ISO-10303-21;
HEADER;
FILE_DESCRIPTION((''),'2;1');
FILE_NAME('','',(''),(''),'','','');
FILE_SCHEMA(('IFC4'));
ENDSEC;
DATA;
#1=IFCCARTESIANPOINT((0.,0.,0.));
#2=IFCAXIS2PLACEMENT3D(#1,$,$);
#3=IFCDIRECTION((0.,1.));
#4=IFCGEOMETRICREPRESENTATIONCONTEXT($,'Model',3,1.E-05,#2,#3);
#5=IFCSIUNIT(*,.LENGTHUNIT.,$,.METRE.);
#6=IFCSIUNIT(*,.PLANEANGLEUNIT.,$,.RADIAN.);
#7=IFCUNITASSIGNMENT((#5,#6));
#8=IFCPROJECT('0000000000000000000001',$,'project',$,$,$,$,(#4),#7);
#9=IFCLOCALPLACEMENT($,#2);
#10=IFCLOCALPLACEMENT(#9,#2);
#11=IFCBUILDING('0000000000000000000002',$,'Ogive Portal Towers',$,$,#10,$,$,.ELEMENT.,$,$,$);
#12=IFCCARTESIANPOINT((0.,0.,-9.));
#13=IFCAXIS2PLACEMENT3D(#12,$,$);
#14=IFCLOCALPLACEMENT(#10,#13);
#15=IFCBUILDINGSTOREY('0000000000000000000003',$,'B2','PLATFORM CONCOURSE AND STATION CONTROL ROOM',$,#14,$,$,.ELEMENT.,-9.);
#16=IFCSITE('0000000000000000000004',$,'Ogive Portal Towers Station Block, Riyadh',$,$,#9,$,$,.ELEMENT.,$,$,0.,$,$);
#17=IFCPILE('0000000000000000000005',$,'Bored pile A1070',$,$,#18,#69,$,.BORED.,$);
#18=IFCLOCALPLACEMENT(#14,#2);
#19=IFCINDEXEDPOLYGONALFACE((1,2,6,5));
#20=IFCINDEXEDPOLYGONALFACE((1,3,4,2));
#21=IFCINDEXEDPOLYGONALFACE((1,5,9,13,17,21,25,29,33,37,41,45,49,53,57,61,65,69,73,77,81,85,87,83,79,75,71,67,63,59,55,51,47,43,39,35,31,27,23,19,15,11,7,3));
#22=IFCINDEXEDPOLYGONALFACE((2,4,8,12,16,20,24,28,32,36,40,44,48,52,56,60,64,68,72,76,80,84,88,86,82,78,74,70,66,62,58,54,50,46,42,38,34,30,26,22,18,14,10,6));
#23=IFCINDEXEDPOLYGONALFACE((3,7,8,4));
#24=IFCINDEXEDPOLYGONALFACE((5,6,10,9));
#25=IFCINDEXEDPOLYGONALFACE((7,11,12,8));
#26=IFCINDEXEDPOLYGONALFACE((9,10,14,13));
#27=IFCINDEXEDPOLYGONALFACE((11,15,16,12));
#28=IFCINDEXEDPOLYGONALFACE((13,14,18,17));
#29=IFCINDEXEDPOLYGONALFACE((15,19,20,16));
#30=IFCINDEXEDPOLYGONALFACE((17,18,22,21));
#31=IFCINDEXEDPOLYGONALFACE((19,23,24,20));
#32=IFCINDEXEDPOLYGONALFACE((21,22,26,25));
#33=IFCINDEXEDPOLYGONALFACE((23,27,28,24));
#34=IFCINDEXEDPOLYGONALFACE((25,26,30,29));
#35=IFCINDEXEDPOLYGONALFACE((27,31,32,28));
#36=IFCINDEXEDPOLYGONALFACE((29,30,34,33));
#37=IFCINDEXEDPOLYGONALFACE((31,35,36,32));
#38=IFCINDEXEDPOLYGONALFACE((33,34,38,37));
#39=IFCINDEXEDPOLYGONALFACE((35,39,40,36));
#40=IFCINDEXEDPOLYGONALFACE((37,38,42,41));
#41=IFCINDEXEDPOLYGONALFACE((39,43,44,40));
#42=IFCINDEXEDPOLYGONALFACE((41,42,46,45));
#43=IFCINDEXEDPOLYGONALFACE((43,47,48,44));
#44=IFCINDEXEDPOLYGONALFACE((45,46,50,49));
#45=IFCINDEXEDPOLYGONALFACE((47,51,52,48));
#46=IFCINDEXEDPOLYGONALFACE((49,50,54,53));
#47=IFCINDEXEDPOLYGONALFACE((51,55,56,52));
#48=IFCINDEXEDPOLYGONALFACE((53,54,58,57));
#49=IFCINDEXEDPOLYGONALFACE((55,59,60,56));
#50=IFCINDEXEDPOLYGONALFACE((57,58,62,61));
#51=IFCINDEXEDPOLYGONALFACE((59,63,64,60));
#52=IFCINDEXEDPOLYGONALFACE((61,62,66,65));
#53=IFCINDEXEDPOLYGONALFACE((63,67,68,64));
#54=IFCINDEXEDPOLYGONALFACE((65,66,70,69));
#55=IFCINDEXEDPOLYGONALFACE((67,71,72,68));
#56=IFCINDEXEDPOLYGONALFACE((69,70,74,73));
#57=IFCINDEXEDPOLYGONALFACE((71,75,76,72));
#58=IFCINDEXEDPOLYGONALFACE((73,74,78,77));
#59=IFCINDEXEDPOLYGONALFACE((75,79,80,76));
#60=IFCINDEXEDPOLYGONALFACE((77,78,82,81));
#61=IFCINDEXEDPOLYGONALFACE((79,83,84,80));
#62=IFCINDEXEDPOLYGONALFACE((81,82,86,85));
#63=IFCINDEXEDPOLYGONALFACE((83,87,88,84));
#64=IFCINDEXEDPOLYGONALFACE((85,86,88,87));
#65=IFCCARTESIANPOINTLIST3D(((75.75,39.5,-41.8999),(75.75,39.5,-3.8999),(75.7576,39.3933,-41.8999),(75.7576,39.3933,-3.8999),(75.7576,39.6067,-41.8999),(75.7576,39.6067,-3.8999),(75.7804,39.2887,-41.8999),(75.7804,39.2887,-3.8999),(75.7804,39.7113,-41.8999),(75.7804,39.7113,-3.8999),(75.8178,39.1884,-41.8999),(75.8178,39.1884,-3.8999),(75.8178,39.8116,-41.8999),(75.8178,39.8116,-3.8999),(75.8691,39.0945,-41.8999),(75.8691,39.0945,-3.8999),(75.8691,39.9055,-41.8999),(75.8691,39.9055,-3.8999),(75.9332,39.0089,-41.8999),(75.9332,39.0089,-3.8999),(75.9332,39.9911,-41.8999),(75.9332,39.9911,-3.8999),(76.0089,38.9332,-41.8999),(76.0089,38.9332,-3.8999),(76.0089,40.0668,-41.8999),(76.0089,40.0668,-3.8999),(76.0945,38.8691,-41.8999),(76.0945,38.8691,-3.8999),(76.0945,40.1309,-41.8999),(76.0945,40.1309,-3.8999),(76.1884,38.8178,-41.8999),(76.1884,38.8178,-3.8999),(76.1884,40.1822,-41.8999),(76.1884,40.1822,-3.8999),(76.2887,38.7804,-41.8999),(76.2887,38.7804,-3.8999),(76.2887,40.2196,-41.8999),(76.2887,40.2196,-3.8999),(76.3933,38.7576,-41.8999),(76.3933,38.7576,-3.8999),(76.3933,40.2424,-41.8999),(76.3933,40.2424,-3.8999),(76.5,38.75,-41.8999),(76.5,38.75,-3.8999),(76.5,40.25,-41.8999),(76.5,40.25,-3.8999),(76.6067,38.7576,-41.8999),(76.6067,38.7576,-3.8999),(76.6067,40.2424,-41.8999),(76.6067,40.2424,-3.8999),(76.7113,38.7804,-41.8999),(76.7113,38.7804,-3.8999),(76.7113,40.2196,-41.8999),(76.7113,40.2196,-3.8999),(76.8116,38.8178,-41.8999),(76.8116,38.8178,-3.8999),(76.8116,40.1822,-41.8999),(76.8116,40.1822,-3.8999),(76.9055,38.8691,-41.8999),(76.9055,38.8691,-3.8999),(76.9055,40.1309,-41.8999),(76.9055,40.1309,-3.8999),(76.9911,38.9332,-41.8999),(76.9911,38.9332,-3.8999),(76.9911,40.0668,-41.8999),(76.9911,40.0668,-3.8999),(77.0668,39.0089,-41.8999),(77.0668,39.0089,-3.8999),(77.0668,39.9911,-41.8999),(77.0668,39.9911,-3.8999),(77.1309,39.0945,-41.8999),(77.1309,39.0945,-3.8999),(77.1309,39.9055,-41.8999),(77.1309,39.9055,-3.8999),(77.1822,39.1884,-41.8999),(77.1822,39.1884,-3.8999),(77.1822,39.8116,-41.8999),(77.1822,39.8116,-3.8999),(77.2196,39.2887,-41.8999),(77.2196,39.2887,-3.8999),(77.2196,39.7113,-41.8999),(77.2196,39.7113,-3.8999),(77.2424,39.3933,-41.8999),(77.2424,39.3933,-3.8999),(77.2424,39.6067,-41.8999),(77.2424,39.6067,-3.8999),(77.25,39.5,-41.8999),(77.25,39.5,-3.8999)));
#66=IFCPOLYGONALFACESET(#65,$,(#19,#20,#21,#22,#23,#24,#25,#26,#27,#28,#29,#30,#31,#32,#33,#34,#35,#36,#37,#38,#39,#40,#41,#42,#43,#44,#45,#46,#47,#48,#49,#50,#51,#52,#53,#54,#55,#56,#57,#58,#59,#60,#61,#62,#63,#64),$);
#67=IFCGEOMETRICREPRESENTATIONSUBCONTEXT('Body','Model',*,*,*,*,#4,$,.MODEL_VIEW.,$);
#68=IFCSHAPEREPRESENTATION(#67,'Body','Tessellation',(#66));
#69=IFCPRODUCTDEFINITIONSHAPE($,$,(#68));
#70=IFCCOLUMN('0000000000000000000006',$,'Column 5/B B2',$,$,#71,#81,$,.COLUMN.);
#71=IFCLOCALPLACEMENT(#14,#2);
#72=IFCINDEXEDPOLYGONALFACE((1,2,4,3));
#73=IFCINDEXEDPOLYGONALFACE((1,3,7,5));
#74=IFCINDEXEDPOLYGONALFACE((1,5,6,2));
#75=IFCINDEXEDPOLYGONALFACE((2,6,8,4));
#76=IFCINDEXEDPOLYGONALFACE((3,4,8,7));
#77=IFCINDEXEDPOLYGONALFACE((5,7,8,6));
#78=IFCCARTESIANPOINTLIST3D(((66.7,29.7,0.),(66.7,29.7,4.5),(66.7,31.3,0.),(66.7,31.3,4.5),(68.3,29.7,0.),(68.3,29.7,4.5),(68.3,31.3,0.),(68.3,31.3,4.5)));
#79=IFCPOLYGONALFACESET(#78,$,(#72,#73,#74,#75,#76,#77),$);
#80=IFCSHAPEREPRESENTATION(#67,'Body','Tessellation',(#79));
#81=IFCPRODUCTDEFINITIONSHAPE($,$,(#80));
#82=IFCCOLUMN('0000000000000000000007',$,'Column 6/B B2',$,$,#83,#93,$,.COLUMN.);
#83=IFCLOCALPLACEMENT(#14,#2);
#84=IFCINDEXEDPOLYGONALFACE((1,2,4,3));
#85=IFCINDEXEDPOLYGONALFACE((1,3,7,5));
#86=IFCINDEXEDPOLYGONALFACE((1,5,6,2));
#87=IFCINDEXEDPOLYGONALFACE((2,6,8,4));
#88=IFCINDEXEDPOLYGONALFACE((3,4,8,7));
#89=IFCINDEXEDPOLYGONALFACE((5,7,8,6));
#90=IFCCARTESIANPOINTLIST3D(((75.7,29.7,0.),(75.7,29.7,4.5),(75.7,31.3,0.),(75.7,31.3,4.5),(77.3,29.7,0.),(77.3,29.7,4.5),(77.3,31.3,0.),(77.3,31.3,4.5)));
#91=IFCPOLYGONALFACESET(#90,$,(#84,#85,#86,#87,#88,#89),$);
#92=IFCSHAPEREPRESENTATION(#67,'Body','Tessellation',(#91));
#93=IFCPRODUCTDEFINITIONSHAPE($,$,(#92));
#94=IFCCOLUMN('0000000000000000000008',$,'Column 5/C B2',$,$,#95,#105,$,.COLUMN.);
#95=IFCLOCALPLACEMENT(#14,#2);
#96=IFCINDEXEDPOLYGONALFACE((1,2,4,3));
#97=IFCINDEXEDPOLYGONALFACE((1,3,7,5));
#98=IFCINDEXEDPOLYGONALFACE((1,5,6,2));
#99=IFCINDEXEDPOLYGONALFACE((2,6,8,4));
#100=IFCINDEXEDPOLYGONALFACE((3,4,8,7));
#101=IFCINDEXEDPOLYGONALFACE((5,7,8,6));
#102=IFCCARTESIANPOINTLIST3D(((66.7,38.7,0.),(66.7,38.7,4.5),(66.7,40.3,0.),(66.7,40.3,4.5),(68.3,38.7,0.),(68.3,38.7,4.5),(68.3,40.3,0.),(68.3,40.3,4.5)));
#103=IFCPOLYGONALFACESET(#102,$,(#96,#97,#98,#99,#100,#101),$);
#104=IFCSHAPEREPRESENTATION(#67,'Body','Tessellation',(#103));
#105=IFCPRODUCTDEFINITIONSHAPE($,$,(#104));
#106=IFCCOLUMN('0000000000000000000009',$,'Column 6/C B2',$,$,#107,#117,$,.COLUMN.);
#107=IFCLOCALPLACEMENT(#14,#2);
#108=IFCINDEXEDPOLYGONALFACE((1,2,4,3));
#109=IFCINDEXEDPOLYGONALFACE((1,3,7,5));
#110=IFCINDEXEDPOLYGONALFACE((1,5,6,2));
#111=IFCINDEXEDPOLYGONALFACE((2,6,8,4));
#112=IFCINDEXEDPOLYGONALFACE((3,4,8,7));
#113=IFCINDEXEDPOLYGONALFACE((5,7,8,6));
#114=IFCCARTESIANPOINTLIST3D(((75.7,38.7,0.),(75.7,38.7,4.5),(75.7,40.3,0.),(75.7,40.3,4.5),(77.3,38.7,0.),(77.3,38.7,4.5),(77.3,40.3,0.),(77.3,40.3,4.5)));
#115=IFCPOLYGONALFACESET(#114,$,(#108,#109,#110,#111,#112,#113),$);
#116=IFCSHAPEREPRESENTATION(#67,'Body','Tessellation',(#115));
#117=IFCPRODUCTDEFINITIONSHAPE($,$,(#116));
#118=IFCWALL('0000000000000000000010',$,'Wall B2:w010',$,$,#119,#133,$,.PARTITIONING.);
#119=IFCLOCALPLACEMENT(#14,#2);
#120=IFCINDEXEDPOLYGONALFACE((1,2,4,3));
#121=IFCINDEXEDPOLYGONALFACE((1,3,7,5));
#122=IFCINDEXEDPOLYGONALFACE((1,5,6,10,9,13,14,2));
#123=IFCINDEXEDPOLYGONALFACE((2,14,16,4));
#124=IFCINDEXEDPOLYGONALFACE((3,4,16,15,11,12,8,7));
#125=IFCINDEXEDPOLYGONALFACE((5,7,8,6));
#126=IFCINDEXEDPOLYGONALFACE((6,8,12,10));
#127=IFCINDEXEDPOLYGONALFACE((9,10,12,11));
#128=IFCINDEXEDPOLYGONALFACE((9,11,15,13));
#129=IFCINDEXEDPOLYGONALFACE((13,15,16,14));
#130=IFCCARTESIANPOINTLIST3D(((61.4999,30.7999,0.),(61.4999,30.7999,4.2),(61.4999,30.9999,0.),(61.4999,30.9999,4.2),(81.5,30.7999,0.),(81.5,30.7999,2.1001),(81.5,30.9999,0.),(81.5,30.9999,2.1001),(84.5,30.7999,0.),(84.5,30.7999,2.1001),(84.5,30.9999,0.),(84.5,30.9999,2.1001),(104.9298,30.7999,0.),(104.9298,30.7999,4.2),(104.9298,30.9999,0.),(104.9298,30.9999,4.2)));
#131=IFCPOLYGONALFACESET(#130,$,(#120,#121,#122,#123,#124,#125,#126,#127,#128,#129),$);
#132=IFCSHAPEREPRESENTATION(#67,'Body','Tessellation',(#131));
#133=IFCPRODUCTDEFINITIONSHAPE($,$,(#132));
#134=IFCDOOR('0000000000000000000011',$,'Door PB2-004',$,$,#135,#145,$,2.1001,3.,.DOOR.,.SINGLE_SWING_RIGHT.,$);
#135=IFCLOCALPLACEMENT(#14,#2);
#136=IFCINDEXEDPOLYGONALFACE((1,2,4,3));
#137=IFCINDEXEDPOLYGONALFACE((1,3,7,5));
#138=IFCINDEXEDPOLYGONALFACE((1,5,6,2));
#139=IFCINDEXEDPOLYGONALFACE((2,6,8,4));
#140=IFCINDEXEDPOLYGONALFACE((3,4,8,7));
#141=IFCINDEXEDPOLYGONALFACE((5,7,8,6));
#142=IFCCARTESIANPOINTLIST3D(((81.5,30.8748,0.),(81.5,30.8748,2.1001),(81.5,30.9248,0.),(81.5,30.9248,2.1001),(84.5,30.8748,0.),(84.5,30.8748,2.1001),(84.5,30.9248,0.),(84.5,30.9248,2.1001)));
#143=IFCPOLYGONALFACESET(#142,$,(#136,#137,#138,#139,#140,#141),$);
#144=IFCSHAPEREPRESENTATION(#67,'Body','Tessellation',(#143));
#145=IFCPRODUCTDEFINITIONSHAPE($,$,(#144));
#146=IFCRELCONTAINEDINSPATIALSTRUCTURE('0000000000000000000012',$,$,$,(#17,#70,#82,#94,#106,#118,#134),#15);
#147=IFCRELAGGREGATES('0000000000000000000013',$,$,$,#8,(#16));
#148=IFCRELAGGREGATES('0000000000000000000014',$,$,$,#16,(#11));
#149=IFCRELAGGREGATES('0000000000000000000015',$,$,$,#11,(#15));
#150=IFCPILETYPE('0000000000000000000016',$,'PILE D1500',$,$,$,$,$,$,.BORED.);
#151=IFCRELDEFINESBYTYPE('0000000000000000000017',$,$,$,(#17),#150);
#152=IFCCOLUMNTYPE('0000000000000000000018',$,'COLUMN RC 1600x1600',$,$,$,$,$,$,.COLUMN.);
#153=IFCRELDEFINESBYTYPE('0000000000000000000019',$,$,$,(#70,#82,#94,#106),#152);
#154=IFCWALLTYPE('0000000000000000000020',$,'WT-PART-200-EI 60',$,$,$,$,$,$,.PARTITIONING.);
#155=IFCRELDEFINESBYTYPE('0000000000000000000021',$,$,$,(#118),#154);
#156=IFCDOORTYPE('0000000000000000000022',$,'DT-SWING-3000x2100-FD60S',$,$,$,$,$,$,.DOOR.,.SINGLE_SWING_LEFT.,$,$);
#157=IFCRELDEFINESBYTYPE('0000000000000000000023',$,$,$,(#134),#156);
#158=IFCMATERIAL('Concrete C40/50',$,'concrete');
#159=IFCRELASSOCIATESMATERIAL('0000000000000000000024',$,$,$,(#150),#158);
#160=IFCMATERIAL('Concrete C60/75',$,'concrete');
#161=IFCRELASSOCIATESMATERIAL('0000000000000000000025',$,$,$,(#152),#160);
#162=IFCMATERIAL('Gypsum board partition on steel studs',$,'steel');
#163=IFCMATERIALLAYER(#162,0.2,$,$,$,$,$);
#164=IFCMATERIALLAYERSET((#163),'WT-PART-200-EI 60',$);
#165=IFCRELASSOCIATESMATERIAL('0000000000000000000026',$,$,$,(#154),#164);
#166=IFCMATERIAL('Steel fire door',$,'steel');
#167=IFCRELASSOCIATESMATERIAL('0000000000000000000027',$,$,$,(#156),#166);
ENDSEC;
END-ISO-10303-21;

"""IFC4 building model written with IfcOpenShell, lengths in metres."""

from ifc_helpers import new_model, si_unit, direction, frame, frame_2d, origin, origin_2d, place, context, subcontext, project, spatial, rectangle, circle, extrude, material, layer, layer_set, material_profile, profile_set, type_object, element, fill, save


model = new_model("IFC4")

# Units and contexts
model_context = context("Model", 3, precision=1e-05, world=origin(), true_north=direction((0.0, 1.0)))
body_context = subcontext(model_context, "Body", "Model", "MODEL_VIEW")
ifc_project = project(units=[si_unit("LENGTHUNIT", "METRE"), si_unit("PLANEANGLEUNIT", "RADIAN")], contexts=[model_context])

# Site, building, storey
site_placement = place(None, origin())
site = spatial("IfcSite", under=ifc_project, at=site_placement, Name="Ogive Portal Towers Station Block, Riyadh", CompositionType="ELEMENT", RefElevation=0.0)
building_placement = place(site_placement, origin())
building = spatial("IfcBuilding", under=site, at=building_placement, Name="Ogive Portal Towers", CompositionType="ELEMENT")
storey_placement = place(building_placement, frame((0.0, 0.0, -9.0)))
storey = spatial("IfcBuildingStorey", under=building, at=storey_placement, Name="B2", Description="PLATFORM CONCOURSE AND STATION CONTROL ROOM", CompositionType="ELEMENT", Elevation=-9.0)

# Pile
ifc_material_1 = material(Name="Concrete C40/50", Category="concrete")
ifc_material_profile_1 = material_profile(ifc_material_1, circle(Radius=0.75, at=origin_2d()), Name="PILE D1500")
ifc_profile_set_1 = profile_set([ifc_material_profile_1], Name="Concrete C40/50")
pile_type = type_object("IfcPileType", Name="PILE D1500", PredefinedType="BORED", material=ifc_profile_set_1)
for number, where, z_axis, x_axis, name in (
    (1, (76.5, 39.5, -3.8999), (0.0, 0.0, -1.0), (1.0, 0.0, 0.0), "Bored pile A1070"),
):
    element("IfcPile", number, at=place(storey_placement, frame(where, z_axis=z_axis, x_axis=x_axis)), inside=storey, type_object=pile_type, Name=name, PredefinedType="BORED", context=body_context, shape_type="SweptSolid", body=[
        extrude(circle(Radius=0.75, at=origin_2d()), origin(), (0.0, 0.0, 1.0), 38.0),
    ])

# Columns
ifc_material_2 = material(Name="Concrete C60/75", Category="concrete")
ifc_material_profile_2 = material_profile(ifc_material_2, rectangle(XDim=1.6001, YDim=1.6001, at=origin_2d()), Name="RC 1600x1600")
ifc_profile_set_2 = profile_set([ifc_material_profile_2], Name="Concrete C60/75")
column_type = type_object("IfcColumnType", Name="COLUMN RC 1600x1600", PredefinedType="COLUMN", material=ifc_profile_set_2)
for number, where, z_axis, x_axis, name in (
    (2, (67.5, 30.5, 0.0), (0.0, 0.0, 1.0), (1.0, 0.0, 0.0), "Column 5/B B2"),
    (3, (76.5, 30.5, 0.0), (0.0, 0.0, 1.0), (1.0, 0.0, 0.0), "Column 6/B B2"),
    (4, (67.5, 39.5, 0.0), (0.0, 0.0, 1.0), (1.0, 0.0, 0.0), "Column 5/C B2"),
    (5, (76.5, 39.5, 0.0), (0.0, 0.0, 1.0), (1.0, 0.0, 0.0), "Column 6/C B2"),
):
    element("IfcColumn", number, at=place(storey_placement, frame(where, z_axis=z_axis, x_axis=x_axis)), inside=storey, type_object=column_type, Name=name, PredefinedType="COLUMN", context=body_context, shape_type="SweptSolid", body=[
        extrude(rectangle(XDim=1.6001, YDim=1.6001, at=origin_2d()), origin(), (0.0, 0.0, 1.0), 4.5),
    ])

# Wall, opening, door
ifc_material_3 = material(Name="Gypsum board partition on steel studs", Category="steel")
ifc_layer_1 = layer(ifc_material_3, 0.2)
ifc_layer_set_1 = layer_set([ifc_layer_1], Name="WT-PART-200-EI 60")
wall_type_1 = type_object("IfcWallType", Name="WT-PART-200-EI 60", PredefinedType="PARTITIONING", material=ifc_layer_set_1)
wall_1_placement = place(storey_placement, frame((61.5, 30.8999, 0.0), z_axis=(0.0, 0.0, 1.0), x_axis=(1.0, 0.0, 0.0)))
wall_1 = element("IfcWall", 6, at=wall_1_placement, inside=storey, type_object=wall_type_1, Name="Wall B2:w010", PredefinedType="PARTITIONING", context=body_context, shape_type="SweptSolid", body=[
    extrude(rectangle(XDim=43.4299, YDim=0.2, at=frame_2d((21.7148, 0.0))), origin(), (0.0, 0.0, 1.0), 4.2),
])
opening_1_placement = place(wall_1_placement, frame((20.0, 0.0, 0.0)))
opening_1 = element("IfcOpeningElement", 7, at=opening_1_placement, cuts=wall_1, PredefinedType="OPENING", context=body_context, shape_type="SweptSolid", body=[
    extrude(rectangle(XDim=3.0, YDim=2.1001, at=frame_2d((1.5, 1.05))), frame((0.0, 0.1099, 0.0), z_axis=(0.0, -1.0, 0.0), x_axis=(1.0, 0.0, 0.0)), (0.0, 0.0, 1.0), 0.22),
])
ifc_material_4 = material(Name="Steel fire door", Category="steel")
door_type_1 = type_object("IfcDoorType", Name="DT-SWING-3000x2100-FD60S", OperationType="SINGLE_SWING_LEFT", PredefinedType="DOOR", material=ifc_material_4)
door_1_placement = place(opening_1_placement, origin())
door_1 = element("IfcDoor", 8, at=door_1_placement, inside=storey, type_object=door_type_1, Name="Door PB2-004", OperationType="SINGLE_SWING_RIGHT", OverallHeight=2.1001, OverallWidth=3.0, PredefinedType="DOOR", context=body_context, shape_type="SweptSolid", body=[
    extrude(rectangle(XDim=3.0, YDim=2.1001, at=frame_2d((1.5, 1.05))), frame((0.0, 0.0249, 0.0), z_axis=(0.0, -1.0, 0.0), x_axis=(1.0, 0.0, 0.0)), (0.0, 0.0, 1.0), 0.05),
])
fill(opening_1, door_1)

save(model, "model.ifc")
